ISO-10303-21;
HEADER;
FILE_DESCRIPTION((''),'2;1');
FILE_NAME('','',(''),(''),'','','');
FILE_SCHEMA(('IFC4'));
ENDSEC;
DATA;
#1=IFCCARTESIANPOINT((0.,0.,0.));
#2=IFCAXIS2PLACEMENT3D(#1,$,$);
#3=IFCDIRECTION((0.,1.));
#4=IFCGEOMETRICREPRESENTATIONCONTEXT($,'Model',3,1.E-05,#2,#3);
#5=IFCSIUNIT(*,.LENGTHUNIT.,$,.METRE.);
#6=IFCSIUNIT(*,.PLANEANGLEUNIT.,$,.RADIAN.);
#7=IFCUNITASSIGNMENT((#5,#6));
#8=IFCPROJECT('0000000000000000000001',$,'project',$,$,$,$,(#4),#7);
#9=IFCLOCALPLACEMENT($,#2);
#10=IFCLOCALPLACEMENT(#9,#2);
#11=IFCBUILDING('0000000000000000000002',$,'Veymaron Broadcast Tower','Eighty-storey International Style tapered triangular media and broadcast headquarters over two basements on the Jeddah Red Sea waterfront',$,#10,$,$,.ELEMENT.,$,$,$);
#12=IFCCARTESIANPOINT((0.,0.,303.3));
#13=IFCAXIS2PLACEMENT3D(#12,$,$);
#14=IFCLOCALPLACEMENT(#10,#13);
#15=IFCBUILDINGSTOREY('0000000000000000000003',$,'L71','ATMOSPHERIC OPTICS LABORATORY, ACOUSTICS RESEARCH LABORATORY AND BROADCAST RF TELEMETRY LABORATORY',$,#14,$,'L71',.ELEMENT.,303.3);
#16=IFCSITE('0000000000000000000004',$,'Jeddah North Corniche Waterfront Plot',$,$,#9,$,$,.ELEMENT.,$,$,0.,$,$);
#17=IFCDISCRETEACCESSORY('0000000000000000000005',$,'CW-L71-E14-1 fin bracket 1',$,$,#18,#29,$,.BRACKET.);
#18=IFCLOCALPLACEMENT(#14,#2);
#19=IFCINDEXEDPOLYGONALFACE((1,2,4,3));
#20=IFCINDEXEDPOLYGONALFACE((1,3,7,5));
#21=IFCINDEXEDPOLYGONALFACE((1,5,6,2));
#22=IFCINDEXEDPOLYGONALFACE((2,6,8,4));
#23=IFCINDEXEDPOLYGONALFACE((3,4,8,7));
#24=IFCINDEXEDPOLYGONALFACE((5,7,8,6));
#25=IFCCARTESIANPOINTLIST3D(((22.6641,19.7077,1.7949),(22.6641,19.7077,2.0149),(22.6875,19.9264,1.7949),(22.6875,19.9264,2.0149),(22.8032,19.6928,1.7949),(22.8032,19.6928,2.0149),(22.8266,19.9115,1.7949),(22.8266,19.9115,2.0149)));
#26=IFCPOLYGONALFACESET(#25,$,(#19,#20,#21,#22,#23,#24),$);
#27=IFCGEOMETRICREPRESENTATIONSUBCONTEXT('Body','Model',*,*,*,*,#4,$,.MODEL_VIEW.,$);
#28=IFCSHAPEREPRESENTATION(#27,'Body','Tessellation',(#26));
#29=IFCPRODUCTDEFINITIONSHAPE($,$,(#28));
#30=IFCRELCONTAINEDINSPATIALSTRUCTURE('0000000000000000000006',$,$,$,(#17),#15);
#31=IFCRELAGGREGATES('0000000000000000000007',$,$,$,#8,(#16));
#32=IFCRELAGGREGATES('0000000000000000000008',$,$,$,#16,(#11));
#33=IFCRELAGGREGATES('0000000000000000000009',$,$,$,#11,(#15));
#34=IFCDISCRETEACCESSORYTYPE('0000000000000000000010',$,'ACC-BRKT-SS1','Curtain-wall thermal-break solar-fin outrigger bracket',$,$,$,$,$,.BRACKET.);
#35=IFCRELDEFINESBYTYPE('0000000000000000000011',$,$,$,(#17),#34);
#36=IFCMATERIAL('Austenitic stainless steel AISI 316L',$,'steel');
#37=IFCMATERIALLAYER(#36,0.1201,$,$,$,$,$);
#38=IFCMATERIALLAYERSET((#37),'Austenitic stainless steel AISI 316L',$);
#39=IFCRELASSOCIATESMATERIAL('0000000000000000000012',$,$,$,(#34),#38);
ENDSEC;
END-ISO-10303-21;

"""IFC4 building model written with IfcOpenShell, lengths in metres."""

from ifc_helpers import new_model, si_unit, direction, frame, origin, origin_2d, place, context, subcontext, project, spatial, rectangle, extrude, material, layer, layer_set, type_object, element, save


model = new_model("IFC4")

# Units and contexts
model_context = context("Model", 3, precision=1e-05, world=origin(), true_north=direction((0.0, 1.0)))
body_context = subcontext(model_context, "Body", "Model", "MODEL_VIEW")
ifc_project = project(units=[si_unit("LENGTHUNIT", "METRE"), si_unit("PLANEANGLEUNIT", "RADIAN")], contexts=[model_context])

# Site, building, storey
site_placement = place(None, origin())
site = spatial("IfcSite", under=ifc_project, at=site_placement, Name="Jeddah North Corniche Waterfront Plot", CompositionType="ELEMENT", RefElevation=0.0)
building_placement = place(site_placement, origin())
building = spatial("IfcBuilding", under=site, at=building_placement, Name="Veymaron Broadcast Tower", Description="Eighty-storey International Style tapered triangular media and broadcast headquarters over two basements on the Jeddah Red Sea waterfront", CompositionType="ELEMENT")
storey_placement = place(building_placement, frame((0.0, 0.0, 303.3)))
storey = spatial("IfcBuildingStorey", under=building, at=storey_placement, Name="L71", Description="ATMOSPHERIC OPTICS LABORATORY, ACOUSTICS RESEARCH LABORATORY AND BROADCAST RF TELEMETRY LABORATORY", LongName="L71", CompositionType="ELEMENT", Elevation=303.3)

# Discrete accessory
ifc_material_1 = material(Name="Austenitic stainless steel AISI 316L", Category="steel")
ifc_layer_1 = layer(ifc_material_1, 0.1201)
ifc_layer_set_1 = layer_set([ifc_layer_1], Name="Austenitic stainless steel AISI 316L")
discrete_accessory_type = type_object("IfcDiscreteAccessoryType", Name="ACC-BRKT-SS1", Description="Curtain-wall thermal-break solar-fin outrigger bracket", PredefinedType="BRACKET", material=ifc_layer_set_1)
discrete_accessory_placement = place(storey_placement, frame((22.7454, 19.8096, 1.7949), z_axis=(0.0, 0.0, 1.0), x_axis=(-0.10642, -0.994321, 0.0)))
element("IfcDiscreteAccessory", 1, at=discrete_accessory_placement, inside=storey, type_object=discrete_accessory_type, Name="CW-L71-E14-1 fin bracket 1", PredefinedType="BRACKET", context=body_context, shape_type="SweptSolid", body=[
    extrude(rectangle(XDim=0.22, YDim=0.1399, at=origin_2d()), origin(), (0.0, 0.0, 1.0), 0.22),
])

save(model, "model.ifc")
